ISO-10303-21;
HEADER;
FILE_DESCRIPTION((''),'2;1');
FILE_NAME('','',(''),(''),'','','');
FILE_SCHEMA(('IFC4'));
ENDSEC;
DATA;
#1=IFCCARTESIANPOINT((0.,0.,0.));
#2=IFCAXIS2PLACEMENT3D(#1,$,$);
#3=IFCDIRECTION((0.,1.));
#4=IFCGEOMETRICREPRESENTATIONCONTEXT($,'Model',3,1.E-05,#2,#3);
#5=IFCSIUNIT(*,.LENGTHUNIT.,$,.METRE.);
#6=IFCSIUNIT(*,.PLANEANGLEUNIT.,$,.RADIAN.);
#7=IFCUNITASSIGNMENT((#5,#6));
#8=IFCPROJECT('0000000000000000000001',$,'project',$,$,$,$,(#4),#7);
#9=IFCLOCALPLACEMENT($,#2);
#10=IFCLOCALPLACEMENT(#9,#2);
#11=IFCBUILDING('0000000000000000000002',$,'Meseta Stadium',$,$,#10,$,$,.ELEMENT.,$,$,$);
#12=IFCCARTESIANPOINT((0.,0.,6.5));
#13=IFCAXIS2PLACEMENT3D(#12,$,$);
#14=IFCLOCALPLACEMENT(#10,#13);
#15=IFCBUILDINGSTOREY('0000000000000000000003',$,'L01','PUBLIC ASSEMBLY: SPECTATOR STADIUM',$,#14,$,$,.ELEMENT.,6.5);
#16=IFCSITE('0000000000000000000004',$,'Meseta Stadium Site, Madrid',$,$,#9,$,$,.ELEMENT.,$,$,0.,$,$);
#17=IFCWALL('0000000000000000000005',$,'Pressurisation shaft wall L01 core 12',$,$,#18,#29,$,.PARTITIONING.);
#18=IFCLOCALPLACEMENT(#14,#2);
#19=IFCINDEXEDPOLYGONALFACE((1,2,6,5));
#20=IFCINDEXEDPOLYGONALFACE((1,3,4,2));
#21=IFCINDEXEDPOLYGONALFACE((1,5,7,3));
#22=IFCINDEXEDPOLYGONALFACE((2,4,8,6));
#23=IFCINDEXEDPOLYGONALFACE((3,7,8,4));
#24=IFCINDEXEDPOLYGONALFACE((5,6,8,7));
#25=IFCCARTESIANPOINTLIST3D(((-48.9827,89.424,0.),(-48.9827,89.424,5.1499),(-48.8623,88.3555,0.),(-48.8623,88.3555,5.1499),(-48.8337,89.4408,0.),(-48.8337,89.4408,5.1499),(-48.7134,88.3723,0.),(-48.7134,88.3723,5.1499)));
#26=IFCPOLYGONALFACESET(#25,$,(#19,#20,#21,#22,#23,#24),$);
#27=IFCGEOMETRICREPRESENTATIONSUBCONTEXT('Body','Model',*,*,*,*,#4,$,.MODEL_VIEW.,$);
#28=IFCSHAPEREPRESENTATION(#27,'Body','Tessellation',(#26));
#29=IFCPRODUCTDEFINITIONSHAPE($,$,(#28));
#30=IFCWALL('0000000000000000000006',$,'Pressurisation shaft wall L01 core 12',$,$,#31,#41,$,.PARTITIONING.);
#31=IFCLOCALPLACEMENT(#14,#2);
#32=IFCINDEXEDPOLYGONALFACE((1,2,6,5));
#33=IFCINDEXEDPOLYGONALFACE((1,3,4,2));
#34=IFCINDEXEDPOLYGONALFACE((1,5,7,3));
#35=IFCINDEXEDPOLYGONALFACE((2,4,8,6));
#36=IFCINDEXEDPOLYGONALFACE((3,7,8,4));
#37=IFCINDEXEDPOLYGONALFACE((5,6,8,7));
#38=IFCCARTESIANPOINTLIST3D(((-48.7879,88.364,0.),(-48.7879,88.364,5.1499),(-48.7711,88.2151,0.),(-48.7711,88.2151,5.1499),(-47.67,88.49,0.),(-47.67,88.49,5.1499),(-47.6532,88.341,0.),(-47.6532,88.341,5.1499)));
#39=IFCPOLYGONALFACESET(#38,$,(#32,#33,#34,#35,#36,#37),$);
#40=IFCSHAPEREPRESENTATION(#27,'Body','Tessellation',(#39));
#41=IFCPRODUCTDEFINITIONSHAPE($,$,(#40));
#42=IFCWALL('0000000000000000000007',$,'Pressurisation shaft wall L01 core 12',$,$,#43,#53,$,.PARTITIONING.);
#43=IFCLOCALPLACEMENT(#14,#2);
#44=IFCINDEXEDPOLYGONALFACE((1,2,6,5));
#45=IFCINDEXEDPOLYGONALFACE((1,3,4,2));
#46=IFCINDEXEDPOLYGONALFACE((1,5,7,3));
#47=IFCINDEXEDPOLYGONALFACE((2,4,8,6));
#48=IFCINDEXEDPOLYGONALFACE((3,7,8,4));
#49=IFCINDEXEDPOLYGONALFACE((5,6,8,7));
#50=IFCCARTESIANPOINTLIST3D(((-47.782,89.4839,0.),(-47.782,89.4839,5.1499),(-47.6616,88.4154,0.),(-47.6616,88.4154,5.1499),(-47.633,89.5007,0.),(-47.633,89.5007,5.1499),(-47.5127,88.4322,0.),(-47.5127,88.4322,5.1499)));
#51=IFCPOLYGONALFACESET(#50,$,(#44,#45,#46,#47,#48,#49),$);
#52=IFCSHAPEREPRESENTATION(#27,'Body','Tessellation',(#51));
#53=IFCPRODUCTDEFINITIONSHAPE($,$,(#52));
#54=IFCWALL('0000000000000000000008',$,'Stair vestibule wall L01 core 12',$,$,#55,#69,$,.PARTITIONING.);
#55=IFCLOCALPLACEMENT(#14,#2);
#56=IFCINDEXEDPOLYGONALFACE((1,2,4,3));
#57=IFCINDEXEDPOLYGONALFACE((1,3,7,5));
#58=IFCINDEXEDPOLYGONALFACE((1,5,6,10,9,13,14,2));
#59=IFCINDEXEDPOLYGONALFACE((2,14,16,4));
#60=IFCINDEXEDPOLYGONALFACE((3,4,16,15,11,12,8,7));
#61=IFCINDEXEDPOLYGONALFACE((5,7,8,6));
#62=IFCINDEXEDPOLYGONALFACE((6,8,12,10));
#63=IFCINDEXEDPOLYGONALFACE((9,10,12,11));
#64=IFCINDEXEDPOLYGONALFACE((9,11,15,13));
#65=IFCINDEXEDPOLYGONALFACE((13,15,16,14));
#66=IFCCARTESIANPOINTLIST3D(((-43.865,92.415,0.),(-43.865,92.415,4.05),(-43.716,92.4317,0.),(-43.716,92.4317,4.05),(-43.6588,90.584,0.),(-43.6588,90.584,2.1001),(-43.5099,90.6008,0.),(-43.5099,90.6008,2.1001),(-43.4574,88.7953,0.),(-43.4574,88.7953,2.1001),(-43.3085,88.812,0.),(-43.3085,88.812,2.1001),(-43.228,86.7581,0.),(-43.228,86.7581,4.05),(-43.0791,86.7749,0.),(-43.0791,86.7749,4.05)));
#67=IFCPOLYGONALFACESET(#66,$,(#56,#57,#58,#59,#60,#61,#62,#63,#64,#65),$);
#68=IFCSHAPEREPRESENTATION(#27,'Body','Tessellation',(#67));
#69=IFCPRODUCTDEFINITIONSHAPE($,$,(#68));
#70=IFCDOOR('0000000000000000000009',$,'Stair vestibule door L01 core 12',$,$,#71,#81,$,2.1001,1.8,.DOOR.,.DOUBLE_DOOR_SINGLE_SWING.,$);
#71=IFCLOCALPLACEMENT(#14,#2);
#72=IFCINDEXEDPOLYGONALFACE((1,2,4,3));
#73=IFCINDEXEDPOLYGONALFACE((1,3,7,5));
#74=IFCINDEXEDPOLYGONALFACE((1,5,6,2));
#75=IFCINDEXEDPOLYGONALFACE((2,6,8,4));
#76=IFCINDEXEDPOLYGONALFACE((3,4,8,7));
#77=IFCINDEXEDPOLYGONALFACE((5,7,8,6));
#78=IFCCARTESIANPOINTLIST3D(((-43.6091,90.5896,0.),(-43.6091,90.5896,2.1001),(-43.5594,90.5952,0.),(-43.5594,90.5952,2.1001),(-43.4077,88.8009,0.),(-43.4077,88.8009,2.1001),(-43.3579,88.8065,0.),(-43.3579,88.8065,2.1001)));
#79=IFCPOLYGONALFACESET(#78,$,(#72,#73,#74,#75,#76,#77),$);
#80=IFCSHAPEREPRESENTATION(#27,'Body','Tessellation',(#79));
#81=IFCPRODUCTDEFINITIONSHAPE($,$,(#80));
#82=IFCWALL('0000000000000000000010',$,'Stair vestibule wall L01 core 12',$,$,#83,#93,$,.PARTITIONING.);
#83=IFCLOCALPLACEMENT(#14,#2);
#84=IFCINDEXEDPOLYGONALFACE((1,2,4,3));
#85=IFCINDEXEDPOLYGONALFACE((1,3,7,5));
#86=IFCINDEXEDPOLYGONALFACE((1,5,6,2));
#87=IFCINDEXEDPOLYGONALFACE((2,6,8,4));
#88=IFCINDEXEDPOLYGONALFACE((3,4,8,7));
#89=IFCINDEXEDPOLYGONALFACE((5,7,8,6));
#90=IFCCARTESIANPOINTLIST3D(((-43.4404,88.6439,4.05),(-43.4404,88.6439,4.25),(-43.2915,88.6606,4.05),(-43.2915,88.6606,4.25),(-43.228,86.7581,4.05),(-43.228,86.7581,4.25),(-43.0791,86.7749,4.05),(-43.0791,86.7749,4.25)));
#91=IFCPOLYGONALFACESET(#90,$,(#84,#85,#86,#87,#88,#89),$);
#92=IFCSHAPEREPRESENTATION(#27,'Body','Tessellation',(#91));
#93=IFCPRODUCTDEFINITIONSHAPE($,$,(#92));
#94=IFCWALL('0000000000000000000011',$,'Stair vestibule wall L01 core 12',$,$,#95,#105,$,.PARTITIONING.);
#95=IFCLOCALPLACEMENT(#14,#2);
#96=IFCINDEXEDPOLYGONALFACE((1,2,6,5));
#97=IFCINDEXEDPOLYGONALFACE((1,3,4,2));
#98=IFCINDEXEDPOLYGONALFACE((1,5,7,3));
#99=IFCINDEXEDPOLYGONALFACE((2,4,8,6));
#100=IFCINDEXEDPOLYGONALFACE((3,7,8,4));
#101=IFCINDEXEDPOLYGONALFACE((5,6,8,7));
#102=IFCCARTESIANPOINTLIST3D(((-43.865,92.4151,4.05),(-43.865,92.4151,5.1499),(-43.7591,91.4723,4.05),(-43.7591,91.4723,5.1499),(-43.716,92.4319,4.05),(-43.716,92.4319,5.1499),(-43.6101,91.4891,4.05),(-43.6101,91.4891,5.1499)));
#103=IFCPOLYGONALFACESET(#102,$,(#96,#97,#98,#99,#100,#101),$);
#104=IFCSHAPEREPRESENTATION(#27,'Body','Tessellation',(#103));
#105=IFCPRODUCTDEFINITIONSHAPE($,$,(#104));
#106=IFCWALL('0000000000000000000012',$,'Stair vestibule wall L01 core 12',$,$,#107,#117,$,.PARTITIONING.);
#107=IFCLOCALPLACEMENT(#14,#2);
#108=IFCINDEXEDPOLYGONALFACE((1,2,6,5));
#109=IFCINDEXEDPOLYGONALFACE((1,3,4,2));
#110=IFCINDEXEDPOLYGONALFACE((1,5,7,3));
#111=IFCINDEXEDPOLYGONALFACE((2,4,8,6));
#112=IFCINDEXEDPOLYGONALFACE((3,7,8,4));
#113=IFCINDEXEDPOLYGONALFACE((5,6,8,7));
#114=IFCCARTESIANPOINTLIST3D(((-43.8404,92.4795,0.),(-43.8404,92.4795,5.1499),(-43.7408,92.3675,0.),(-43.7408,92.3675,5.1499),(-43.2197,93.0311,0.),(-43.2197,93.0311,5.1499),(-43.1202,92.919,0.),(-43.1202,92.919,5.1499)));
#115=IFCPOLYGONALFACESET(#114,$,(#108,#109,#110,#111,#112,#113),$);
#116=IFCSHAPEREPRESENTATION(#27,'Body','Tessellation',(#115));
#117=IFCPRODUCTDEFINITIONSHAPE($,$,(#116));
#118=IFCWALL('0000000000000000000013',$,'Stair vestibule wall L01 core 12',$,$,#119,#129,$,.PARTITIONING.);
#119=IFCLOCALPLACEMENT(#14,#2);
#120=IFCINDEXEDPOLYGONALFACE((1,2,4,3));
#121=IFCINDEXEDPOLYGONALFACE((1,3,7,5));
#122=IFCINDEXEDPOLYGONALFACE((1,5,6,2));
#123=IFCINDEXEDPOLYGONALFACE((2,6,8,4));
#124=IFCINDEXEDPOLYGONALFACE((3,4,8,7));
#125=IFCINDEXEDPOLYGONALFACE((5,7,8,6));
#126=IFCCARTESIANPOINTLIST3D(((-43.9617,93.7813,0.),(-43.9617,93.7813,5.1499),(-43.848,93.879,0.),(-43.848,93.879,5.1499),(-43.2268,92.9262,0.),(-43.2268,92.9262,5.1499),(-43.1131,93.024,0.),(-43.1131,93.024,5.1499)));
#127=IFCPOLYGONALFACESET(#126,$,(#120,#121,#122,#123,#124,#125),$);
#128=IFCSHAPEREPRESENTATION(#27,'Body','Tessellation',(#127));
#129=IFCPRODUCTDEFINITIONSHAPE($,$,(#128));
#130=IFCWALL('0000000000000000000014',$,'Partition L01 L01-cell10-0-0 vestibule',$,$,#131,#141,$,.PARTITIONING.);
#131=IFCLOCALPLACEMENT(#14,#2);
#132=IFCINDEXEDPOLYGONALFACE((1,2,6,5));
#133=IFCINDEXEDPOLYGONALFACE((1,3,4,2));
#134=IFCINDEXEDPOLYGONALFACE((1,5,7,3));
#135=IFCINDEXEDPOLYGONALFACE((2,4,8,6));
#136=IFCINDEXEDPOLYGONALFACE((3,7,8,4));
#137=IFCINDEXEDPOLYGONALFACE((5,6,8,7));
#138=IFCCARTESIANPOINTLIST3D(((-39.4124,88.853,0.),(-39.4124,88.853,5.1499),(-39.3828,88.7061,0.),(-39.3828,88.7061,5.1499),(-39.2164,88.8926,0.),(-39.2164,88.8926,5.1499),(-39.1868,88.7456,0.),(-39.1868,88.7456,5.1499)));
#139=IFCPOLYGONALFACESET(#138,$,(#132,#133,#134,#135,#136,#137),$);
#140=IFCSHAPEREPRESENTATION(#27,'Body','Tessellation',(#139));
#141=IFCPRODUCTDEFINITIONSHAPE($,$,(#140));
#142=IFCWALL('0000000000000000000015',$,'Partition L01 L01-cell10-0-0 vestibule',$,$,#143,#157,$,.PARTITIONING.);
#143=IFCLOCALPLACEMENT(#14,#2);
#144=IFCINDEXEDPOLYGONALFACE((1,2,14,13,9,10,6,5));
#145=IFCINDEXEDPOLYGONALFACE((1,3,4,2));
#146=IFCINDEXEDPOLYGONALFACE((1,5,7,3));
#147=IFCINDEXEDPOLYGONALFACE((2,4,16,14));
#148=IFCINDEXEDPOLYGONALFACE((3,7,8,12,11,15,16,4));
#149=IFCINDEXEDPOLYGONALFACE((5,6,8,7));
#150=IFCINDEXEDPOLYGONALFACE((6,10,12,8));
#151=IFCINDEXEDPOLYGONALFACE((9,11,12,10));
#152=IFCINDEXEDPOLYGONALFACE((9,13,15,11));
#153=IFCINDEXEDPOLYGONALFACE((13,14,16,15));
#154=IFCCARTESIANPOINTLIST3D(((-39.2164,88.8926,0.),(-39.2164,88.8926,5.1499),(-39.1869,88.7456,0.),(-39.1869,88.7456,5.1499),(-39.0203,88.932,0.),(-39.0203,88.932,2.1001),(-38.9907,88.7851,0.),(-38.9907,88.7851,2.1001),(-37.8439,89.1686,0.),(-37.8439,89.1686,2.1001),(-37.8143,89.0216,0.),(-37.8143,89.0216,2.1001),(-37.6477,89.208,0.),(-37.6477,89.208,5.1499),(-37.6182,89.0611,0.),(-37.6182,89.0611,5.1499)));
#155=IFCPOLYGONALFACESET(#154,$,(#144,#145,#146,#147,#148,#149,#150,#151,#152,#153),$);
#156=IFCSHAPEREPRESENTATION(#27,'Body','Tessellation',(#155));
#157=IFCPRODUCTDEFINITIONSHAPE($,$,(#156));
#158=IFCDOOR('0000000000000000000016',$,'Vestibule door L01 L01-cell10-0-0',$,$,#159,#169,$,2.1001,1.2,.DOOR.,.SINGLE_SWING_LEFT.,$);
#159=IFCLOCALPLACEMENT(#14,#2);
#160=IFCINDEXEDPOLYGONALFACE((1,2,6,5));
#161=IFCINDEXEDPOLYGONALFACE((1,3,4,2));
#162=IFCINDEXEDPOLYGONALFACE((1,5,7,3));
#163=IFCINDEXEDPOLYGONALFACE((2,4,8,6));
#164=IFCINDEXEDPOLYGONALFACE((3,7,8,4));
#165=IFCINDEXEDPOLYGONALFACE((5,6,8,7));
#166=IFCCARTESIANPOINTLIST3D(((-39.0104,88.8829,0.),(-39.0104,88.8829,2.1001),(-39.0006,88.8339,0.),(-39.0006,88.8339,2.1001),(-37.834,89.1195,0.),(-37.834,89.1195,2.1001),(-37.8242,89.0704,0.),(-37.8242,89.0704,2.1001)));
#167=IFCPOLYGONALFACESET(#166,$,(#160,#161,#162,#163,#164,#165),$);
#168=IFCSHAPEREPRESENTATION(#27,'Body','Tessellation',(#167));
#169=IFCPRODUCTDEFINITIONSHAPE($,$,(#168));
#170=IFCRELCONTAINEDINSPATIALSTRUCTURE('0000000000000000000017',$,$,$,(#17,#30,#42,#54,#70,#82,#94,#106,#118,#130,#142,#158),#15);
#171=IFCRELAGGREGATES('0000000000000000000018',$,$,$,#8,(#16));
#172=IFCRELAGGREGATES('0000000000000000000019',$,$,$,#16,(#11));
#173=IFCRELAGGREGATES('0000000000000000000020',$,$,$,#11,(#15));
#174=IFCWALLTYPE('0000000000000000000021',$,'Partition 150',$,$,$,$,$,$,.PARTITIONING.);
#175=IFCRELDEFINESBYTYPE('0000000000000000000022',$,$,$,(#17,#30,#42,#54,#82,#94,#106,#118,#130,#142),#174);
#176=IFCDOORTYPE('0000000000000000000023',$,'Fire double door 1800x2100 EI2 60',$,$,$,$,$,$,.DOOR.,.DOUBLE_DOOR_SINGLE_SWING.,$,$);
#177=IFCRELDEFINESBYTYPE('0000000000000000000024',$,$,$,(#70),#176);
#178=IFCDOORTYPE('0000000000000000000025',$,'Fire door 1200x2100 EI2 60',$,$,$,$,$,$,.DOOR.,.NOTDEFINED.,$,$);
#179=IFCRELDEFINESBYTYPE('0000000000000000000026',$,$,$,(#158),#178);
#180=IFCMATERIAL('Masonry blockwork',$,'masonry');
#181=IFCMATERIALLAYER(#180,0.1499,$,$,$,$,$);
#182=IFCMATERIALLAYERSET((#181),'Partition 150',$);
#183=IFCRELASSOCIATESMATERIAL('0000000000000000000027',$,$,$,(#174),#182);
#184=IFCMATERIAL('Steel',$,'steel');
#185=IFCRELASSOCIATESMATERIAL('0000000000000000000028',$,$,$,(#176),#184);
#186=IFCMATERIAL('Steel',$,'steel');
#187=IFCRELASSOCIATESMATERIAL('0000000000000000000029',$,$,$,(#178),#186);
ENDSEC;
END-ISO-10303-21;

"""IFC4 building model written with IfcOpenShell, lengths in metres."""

from ifc_helpers import new_model, si_unit, direction, frame, frame_2d, origin, place, context, subcontext, project, spatial, rectangle, extrude, material, layer, layer_set, type_object, element, fill, save


model = new_model("IFC4")

# Units and contexts
model_context = context("Model", 3, precision=1e-05, world=origin(), true_north=direction((0.0, 1.0)))
body_context = subcontext(model_context, "Body", "Model", "MODEL_VIEW")
ifc_project = project(units=[si_unit("LENGTHUNIT", "METRE"), si_unit("PLANEANGLEUNIT", "RADIAN")], contexts=[model_context])

# Site, building, storey
site_placement = place(None, origin())
site = spatial("IfcSite", under=ifc_project, at=site_placement, Name="Meseta Stadium Site, Madrid", CompositionType="ELEMENT", RefElevation=0.0)
building_placement = place(site_placement, origin())
building = spatial("IfcBuilding", under=site, at=building_placement, Name="Meseta Stadium", CompositionType="ELEMENT")
storey_placement = place(building_placement, frame((0.0, 0.0, 6.5)))
storey = spatial("IfcBuildingStorey", under=building, at=storey_placement, Name="L01", Description="PUBLIC ASSEMBLY: SPECTATOR STADIUM", CompositionType="ELEMENT", Elevation=6.5)

# Walls
ifc_material_1 = material(Name="Masonry blockwork", Category="masonry")
ifc_layer_1 = layer(ifc_material_1, 0.1499)
ifc_layer_set_1 = layer_set([ifc_layer_1], Name="Partition 150")
wall_type_1 = type_object("IfcWallType", Name="Partition 150", PredefinedType="PARTITIONING", material=ifc_layer_set_1)
wall_1_placement = place(storey_placement, frame((-48.9082, 89.4324, 0.0), z_axis=(0.0, 0.0, 1.0), x_axis=(0.111952, -0.993714, 0.0)))
element("IfcWall", 1, at=wall_1_placement, inside=storey, type_object=wall_type_1, Name="Pressurisation shaft wall L01 core 12", PredefinedType="PARTITIONING", context=body_context, shape_type="SweptSolid", body=[
    extrude(rectangle(XDim=1.0752, YDim=0.1499, at=frame_2d((0.5376, 0.0))), origin(), (0.0, 0.0, 1.0), 5.1499),
])
wall_2_placement = place(storey_placement, frame((-48.7795, 88.2896, 0.0), z_axis=(0.0, 0.0, 1.0), x_axis=(0.993711, 0.11198, 0.0)))
element("IfcWall", 2, at=wall_2_placement, inside=storey, type_object=wall_type_1, Name="Pressurisation shaft wall L01 core 12", PredefinedType="PARTITIONING", context=body_context, shape_type="SweptSolid", body=[
    extrude(rectangle(XDim=1.125, YDim=0.1499, at=frame_2d((0.5625, 0.0))), origin(), (0.0, 0.0, 1.0), 5.1499),
])
wall_3_placement = place(storey_placement, frame((-47.5872, 88.4238, 0.0), z_axis=(0.0, 0.0, 1.0), x_axis=(-0.111952, 0.993714, 0.0)))
element("IfcWall", 3, at=wall_3_placement, inside=storey, type_object=wall_type_1, Name="Pressurisation shaft wall L01 core 12", PredefinedType="PARTITIONING", context=body_context, shape_type="SweptSolid", body=[
    extrude(rectangle(XDim=1.0752, YDim=0.1499, at=frame_2d((0.5376, 0.0))), origin(), (0.0, 0.0, 1.0), 5.1499),
])

# Wall, opening, door
wall_4_placement = place(storey_placement, frame((-43.1536, 86.7666, 0.0), z_axis=(0.0, 0.0, 1.0), x_axis=(-0.111891, 0.993721, 0.0)))
wall_4 = element("IfcWall", 4, at=wall_4_placement, inside=storey, type_object=wall_type_1, Name="Stair vestibule wall L01 core 12", PredefinedType="PARTITIONING", context=body_context, shape_type="SweptSolid", body=[
    extrude(rectangle(XDim=5.6926, YDim=0.1499, at=frame_2d((2.8462, 0.0))), origin(), (0.0, 0.0, 1.0), 4.05),
])
opening_1_placement = place(wall_4_placement, frame((2.05, 0.0, 0.0)))
opening_1 = element("IfcOpeningElement", 5, at=opening_1_placement, cuts=wall_4, PredefinedType="OPENING", context=body_context, shape_type="SweptSolid", body=[
    extrude(rectangle(XDim=1.8, YDim=2.1001, at=frame_2d((0.8999, 1.05))), frame((0.0, 0.085, 0.0), z_axis=(0.0, -1.0, 0.0), x_axis=(1.0, 0.0, 0.0)), (0.0, 0.0, 1.0), 0.1699),
])
ifc_material_2 = material(Name="Steel", Category="steel")
door_type_1 = type_object("IfcDoorType", Name="Fire double door 1800x2100 EI2 60", OperationType="DOUBLE_DOOR_SINGLE_SWING", PredefinedType="DOOR", material=ifc_material_2)
door_1_placement = place(opening_1_placement, origin())
door_1 = element("IfcDoor", 6, at=door_1_placement, inside=storey, type_object=door_type_1, Name="Stair vestibule door L01 core 12", OperationType="DOUBLE_DOOR_SINGLE_SWING", OverallHeight=2.1001, OverallWidth=1.8, PredefinedType="DOOR", context=body_context, shape_type="SweptSolid", body=[
    extrude(rectangle(XDim=1.8, YDim=2.1001, at=frame_2d((0.8999, 1.05))), frame((0.0, 0.0249, 0.0), z_axis=(0.0, -1.0, 0.0), x_axis=(1.0, 0.0, 0.0)), (0.0, 0.0, 1.0), 0.05),
])
fill(opening_1, door_1)

# Walls
wall_5_placement = place(storey_placement, frame((-43.1536, 86.7666, 4.05), z_axis=(0.0, 0.0, 1.0), x_axis=(-0.111928, 0.993716, 0.0)))
element("IfcWall", 7, at=wall_5_placement, inside=storey, type_object=wall_type_1, Name="Stair vestibule wall L01 core 12", PredefinedType="PARTITIONING", context=body_context, shape_type="SweptSolid", body=[
    extrude(rectangle(XDim=1.8977, YDim=0.1499, at=frame_2d((0.9487, 0.0))), origin(), (0.0, 0.0, 1.0), 0.2),
])
wall_6_placement = place(storey_placement, frame((-43.6846, 91.4807, 4.05), z_axis=(0.0, 0.0, 1.0), x_axis=(-0.111674, 0.993745, 0.0)))
element("IfcWall", 8, at=wall_6_placement, inside=storey, type_object=wall_type_1, Name="Stair vestibule wall L01 core 12", PredefinedType="PARTITIONING", context=body_context, shape_type="SweptSolid", body=[
    extrude(rectangle(XDim=0.9487, YDim=0.1499, at=frame_2d((0.4744, 0.0))), origin(), (0.0, 0.0, 1.0), 1.0999),
])
wall_7_placement = place(storey_placement, frame((-43.7905, 92.4236, 0.0), z_axis=(0.0, 0.0, 1.0), x_axis=(0.74749, 0.664273, 0.0)))
element("IfcWall", 9, at=wall_7_placement, inside=storey, type_object=wall_type_1, Name="Stair vestibule wall L01 core 12", PredefinedType="PARTITIONING", context=body_context, shape_type="SweptSolid", body=[
    extrude(rectangle(XDim=0.8303, YDim=0.1499, at=frame_2d((0.415, 0.0))), origin(), (0.0, 0.0, 1.0), 5.1499),
])
wall_8_placement = place(storey_placement, frame((-43.1699, 92.9751, 0.0), z_axis=(0.0, 0.0, 1.0), x_axis=(-0.651825, 0.758369, 0.0)))
element("IfcWall", 10, at=wall_8_placement, inside=storey, type_object=wall_type_1, Name="Stair vestibule wall L01 core 12", PredefinedType="PARTITIONING", context=body_context, shape_type="SweptSolid", body=[
    extrude(rectangle(XDim=1.1274, YDim=0.1499, at=frame_2d((0.5637, 0.0))), origin(), (0.0, 0.0, 1.0), 5.1499),
])
wall_9_placement = place(storey_placement, frame((-39.3977, 88.7795, 0.0), z_axis=(0.0, 0.0, 1.0), x_axis=(0.980251, 0.197759, 0.0)))
element("IfcWall", 11, at=wall_9_placement, inside=storey, type_object=wall_type_1, Name="Partition L01 L01-cell10-0-0 vestibule", PredefinedType="PARTITIONING", context=body_context, shape_type="SweptSolid", body=[
    extrude(rectangle(XDim=0.2, YDim=0.1499, at=frame_2d((0.1001, 0.0))), origin(), (0.0, 0.0, 1.0), 5.1499),
])

# Wall, opening, door
wall_10_placement = place(storey_placement, frame((-39.2017, 88.8191, 0.0), z_axis=(0.0, 0.0, 1.0), x_axis=(0.980375, 0.197143, 0.0)))
wall_10 = element("IfcWall", 12, at=wall_10_placement, inside=storey, type_object=wall_type_1, Name="Partition L01 L01-cell10-0-0 vestibule", PredefinedType="PARTITIONING", context=body_context, shape_type="SweptSolid", body=[
    extrude(rectangle(XDim=1.6001, YDim=0.1499, at=frame_2d((0.8, 0.0))), origin(), (0.0, 0.0, 1.0), 5.1499),
])
opening_2_placement = place(wall_10_placement, frame((0.2, 0.0, 0.0)))
opening_2 = element("IfcOpeningElement", 13, at=opening_2_placement, cuts=wall_10, PredefinedType="OPENING", context=body_context, shape_type="SweptSolid", body=[
    extrude(rectangle(XDim=1.2, YDim=2.1001, at=frame_2d((0.6001, 1.05))), frame((0.0, 0.085, 0.0), z_axis=(0.0, -1.0, 0.0), x_axis=(1.0, 0.0, 0.0)), (0.0, 0.0, 1.0), 0.1699),
])
ifc_material_3 = material(Name="Steel", Category="steel")
door_type_2 = type_object("IfcDoorType", Name="Fire door 1200x2100 EI2 60", OperationType="NOTDEFINED", PredefinedType="DOOR", material=ifc_material_3)
door_2_placement = place(opening_2_placement, origin())
door_2 = element("IfcDoor", 14, at=door_2_placement, inside=storey, type_object=door_type_2, Name="Vestibule door L01 L01-cell10-0-0", OperationType="SINGLE_SWING_LEFT", OverallHeight=2.1001, OverallWidth=1.2, PredefinedType="DOOR", context=body_context, shape_type="SweptSolid", body=[
    extrude(rectangle(XDim=1.2, YDim=2.1001, at=frame_2d((0.6001, 1.05))), frame((0.0, 0.0249, 0.0), z_axis=(0.0, -1.0, 0.0), x_axis=(1.0, 0.0, 0.0)), (0.0, 0.0, 1.0), 0.05),
])
fill(opening_2, door_2)

save(model, "model.ifc")
